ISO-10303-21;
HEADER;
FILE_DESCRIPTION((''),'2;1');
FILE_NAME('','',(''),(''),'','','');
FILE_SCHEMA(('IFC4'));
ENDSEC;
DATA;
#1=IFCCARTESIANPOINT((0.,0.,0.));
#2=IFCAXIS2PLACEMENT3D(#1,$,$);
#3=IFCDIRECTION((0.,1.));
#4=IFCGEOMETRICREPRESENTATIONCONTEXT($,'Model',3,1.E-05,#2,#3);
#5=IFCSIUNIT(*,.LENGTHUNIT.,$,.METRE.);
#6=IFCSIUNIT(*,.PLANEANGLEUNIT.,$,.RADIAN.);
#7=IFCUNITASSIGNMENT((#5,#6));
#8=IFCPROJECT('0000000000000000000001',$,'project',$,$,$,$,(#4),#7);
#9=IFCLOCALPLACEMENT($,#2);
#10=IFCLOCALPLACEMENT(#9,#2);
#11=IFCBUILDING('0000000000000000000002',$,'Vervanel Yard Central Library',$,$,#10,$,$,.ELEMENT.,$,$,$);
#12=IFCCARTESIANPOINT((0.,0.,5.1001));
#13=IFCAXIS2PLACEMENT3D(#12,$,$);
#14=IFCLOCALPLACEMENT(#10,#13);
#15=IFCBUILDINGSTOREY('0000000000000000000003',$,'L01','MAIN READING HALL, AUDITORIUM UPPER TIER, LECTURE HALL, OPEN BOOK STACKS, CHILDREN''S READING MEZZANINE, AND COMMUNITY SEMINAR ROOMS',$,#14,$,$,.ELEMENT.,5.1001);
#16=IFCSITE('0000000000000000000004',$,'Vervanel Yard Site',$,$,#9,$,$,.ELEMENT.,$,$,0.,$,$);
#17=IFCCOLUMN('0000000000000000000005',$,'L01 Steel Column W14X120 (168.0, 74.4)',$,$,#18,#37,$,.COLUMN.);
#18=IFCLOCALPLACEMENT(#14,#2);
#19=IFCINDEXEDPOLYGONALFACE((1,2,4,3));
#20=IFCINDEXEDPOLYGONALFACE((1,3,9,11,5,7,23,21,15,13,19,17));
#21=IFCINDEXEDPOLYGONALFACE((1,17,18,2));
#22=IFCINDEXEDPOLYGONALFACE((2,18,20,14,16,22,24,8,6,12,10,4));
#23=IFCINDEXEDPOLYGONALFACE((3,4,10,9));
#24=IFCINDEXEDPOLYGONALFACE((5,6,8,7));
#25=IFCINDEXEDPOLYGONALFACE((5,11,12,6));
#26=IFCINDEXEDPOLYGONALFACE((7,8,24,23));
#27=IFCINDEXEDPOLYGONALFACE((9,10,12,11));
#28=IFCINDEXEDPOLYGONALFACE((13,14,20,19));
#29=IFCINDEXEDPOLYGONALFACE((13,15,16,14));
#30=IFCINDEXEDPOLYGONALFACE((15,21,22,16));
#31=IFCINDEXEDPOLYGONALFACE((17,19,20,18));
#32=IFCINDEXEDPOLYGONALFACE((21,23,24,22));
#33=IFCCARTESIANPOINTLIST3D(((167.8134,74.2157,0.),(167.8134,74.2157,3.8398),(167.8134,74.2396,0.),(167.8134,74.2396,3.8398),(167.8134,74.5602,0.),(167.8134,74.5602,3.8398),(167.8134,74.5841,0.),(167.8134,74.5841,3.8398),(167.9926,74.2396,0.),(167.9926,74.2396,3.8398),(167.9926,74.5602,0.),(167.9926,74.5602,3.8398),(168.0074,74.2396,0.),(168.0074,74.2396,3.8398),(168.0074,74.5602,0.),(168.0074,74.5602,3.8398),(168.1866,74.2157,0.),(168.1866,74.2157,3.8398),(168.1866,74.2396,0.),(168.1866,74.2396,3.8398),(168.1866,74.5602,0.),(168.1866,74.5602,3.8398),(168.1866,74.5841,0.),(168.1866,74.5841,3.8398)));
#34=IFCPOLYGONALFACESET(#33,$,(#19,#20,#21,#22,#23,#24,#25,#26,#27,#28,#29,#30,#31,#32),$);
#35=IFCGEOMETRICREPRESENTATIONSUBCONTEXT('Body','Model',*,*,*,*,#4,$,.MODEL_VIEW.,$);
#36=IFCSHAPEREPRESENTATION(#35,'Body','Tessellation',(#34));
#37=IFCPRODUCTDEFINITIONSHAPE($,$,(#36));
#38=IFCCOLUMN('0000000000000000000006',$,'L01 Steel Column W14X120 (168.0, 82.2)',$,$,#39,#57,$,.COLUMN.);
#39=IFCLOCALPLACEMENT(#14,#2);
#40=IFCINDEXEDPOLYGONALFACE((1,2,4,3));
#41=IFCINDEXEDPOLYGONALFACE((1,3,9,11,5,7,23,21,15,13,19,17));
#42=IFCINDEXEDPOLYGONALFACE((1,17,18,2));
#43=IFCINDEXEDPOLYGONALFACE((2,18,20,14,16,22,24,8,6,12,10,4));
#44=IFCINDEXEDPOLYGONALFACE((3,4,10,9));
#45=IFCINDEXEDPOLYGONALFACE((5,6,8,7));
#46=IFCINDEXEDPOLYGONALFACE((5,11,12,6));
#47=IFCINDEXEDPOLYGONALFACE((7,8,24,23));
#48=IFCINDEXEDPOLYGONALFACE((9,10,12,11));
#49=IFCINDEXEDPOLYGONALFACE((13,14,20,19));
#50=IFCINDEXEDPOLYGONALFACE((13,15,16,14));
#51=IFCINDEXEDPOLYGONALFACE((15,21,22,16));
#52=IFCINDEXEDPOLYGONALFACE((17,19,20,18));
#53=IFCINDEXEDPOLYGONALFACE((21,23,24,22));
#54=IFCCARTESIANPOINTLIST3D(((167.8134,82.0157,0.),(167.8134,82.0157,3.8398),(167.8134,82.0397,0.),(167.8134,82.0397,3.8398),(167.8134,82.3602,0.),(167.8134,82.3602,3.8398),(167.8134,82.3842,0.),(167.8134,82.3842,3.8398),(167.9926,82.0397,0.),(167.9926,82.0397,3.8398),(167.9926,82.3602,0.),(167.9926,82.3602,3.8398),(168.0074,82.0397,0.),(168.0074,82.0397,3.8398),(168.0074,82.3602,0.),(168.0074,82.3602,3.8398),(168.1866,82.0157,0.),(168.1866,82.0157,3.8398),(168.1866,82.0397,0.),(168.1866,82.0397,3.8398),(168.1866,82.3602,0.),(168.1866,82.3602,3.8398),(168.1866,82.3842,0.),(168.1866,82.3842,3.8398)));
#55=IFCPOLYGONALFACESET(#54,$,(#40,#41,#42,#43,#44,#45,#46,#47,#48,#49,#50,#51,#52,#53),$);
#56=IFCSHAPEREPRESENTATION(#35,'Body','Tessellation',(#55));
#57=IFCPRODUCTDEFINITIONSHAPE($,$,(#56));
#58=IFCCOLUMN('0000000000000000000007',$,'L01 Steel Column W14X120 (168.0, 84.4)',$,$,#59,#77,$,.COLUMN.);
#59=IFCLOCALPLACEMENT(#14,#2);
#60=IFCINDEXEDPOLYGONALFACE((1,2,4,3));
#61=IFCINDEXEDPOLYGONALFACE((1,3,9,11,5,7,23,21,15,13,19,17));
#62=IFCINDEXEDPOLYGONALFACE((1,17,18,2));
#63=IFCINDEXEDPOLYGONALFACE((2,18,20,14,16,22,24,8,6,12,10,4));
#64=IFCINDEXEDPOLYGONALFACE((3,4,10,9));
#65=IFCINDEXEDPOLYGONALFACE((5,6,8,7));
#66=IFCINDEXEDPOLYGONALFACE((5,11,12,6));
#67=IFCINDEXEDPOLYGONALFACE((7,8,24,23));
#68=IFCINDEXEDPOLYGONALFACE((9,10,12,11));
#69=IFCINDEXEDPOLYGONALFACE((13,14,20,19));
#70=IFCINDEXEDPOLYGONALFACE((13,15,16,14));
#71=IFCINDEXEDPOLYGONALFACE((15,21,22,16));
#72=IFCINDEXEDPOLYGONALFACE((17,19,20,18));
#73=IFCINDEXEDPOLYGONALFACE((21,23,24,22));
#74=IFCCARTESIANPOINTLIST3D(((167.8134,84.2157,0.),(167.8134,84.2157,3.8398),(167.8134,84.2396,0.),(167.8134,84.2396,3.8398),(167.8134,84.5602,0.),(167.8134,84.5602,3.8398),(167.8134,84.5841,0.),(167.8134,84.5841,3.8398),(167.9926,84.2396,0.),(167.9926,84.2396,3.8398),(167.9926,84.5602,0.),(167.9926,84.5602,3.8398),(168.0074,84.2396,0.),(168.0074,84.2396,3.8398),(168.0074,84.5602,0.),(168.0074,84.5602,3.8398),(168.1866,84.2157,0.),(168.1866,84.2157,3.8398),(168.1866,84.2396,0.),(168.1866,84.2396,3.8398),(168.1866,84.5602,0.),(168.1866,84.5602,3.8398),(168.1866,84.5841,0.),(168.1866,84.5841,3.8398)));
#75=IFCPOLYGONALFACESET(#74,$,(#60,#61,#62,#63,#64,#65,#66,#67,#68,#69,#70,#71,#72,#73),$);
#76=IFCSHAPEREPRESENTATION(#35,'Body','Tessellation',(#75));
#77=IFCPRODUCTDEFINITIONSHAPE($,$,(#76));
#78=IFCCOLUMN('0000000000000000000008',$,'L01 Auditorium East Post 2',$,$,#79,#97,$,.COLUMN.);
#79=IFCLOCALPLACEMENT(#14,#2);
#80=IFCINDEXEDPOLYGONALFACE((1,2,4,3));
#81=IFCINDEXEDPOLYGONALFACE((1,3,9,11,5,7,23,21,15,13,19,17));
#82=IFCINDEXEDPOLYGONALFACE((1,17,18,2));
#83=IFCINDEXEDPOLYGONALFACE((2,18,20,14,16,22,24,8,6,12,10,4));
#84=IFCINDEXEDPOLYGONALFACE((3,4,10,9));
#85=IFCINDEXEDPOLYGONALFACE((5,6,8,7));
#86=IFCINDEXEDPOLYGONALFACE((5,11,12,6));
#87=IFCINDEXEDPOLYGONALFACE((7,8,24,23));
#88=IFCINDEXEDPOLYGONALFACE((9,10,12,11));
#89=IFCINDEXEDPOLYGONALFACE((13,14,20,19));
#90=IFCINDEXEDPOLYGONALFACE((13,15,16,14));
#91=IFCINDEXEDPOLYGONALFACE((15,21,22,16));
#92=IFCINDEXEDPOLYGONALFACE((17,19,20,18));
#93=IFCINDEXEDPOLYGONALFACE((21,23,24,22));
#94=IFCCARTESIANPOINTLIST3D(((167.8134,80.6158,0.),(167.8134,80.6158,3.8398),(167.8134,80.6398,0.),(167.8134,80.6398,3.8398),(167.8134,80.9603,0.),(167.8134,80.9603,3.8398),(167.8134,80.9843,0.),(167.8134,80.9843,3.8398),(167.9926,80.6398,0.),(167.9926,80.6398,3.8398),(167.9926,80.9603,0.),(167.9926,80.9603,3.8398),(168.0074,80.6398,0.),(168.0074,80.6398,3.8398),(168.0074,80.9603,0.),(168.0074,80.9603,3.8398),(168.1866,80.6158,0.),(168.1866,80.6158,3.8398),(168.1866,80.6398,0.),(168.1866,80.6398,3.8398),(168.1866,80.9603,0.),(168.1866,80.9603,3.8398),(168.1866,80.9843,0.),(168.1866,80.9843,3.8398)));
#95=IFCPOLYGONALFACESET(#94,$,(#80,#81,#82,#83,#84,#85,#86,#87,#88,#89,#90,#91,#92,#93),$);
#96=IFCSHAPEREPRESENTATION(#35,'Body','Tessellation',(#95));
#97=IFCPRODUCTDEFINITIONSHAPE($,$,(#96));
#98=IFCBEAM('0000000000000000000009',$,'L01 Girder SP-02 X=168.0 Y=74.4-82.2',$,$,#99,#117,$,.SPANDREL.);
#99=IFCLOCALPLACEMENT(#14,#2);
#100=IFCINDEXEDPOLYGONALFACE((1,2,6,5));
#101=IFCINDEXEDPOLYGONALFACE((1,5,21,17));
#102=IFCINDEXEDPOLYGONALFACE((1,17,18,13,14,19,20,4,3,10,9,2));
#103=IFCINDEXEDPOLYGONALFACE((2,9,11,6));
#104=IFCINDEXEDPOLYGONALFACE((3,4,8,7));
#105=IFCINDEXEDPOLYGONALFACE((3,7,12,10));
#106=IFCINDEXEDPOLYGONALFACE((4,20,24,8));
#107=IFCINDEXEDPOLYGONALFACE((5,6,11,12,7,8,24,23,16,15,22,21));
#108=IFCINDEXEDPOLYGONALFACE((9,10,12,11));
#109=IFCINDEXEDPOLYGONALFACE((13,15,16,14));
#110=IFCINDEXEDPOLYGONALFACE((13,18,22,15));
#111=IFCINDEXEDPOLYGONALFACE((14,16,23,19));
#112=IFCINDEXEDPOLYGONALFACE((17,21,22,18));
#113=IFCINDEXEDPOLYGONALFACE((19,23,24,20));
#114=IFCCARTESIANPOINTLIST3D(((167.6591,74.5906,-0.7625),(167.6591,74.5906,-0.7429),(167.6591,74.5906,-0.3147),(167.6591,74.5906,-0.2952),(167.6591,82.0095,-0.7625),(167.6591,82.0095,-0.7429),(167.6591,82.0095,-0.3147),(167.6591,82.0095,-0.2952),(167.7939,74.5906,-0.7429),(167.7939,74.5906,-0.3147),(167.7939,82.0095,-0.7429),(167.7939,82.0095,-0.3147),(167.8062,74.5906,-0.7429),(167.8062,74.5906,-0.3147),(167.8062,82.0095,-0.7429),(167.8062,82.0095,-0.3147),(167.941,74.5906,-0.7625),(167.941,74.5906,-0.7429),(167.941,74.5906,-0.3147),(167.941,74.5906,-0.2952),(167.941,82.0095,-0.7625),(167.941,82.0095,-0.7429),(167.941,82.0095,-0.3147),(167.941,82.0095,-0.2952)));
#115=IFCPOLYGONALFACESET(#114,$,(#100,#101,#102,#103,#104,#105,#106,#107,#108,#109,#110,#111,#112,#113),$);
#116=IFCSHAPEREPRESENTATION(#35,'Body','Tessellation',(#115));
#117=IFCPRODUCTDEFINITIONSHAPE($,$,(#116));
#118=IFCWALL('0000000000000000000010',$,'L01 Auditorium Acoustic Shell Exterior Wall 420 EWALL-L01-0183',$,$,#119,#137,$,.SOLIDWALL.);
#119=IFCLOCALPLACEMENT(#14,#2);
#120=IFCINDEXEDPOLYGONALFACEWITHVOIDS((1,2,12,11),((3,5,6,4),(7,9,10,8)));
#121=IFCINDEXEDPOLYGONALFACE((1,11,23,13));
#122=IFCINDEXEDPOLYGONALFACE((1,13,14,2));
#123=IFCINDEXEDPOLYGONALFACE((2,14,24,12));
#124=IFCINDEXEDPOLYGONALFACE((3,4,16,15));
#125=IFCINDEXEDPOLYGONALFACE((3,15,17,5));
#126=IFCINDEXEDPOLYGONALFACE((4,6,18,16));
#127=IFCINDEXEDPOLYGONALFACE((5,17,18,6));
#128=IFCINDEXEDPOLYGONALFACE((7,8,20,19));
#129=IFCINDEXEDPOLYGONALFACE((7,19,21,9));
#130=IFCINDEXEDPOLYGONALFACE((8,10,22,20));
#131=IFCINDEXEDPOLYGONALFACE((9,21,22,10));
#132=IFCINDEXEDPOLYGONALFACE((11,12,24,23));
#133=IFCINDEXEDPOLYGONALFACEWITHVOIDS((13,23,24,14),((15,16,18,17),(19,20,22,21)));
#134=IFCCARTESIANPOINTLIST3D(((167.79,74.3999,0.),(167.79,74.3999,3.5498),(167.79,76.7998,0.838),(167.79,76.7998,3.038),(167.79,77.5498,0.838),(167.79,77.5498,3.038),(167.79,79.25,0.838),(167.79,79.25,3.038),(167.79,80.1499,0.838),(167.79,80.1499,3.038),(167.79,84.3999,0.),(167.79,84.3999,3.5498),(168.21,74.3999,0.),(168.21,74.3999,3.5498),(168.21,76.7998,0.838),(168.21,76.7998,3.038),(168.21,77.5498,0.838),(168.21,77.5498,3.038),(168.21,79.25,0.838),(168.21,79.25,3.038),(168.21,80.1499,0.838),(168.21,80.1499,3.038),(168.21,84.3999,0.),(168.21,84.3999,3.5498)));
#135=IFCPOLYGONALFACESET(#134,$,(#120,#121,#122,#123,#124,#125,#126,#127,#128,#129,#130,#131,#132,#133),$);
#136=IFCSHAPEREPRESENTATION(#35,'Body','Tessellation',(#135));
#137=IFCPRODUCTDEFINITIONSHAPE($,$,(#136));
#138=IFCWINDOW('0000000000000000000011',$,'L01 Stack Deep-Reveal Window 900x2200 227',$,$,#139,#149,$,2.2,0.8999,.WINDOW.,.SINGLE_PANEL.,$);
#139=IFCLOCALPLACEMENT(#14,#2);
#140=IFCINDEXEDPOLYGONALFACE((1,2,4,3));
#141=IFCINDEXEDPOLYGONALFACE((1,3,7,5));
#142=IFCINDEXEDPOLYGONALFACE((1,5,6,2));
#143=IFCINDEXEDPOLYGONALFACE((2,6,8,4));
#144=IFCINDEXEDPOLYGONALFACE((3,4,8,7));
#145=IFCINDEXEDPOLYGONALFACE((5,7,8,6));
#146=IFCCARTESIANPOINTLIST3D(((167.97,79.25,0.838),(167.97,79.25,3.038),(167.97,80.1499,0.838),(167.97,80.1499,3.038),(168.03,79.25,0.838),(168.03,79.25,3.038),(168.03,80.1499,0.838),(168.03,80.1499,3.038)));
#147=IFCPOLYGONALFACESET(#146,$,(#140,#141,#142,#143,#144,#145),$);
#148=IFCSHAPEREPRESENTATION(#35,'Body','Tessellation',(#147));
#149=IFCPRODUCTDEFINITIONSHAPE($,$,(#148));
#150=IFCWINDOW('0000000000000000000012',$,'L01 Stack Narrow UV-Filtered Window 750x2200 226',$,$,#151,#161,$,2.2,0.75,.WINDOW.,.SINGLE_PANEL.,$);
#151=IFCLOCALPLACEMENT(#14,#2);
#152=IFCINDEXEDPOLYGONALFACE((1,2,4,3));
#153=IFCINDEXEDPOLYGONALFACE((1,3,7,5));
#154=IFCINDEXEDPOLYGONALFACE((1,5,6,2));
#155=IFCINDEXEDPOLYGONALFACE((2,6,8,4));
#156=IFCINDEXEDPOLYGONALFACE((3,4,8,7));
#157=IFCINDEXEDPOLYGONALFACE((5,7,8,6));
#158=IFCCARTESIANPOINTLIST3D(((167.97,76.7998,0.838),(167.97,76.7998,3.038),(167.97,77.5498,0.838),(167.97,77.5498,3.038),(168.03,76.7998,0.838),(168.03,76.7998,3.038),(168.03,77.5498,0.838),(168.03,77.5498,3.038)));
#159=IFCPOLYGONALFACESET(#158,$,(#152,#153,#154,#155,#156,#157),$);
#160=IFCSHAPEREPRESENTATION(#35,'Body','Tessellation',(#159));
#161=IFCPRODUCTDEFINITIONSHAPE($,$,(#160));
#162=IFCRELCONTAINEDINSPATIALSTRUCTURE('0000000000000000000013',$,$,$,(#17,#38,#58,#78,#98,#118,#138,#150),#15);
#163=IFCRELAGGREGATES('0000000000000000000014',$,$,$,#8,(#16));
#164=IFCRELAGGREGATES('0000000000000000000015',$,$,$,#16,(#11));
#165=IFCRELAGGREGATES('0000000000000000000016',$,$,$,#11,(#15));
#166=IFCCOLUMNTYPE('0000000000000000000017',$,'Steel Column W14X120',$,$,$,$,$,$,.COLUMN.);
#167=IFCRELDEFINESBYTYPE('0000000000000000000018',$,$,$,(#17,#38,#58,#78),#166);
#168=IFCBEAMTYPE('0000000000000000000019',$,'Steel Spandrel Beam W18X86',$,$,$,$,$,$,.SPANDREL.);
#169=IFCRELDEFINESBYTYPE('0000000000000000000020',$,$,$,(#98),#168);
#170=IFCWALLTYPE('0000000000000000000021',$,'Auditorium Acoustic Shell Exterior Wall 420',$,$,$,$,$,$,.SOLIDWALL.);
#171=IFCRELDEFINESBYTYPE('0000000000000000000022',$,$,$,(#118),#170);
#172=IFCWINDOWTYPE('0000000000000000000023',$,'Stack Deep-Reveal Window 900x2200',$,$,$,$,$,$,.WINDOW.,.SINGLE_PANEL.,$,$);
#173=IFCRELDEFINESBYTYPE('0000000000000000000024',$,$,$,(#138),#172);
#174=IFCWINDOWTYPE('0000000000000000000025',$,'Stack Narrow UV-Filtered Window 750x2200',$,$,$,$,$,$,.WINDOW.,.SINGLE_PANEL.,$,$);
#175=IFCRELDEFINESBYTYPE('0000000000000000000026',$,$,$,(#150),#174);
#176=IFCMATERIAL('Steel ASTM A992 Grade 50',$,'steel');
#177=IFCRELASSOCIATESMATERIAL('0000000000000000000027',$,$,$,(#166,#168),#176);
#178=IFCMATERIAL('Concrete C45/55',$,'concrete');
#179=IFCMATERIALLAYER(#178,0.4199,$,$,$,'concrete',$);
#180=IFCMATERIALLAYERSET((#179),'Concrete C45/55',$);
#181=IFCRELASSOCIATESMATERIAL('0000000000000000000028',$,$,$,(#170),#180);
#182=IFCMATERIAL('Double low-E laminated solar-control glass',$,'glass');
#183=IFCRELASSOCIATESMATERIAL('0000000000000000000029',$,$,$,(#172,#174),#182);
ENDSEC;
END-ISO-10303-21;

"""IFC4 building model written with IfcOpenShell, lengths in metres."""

from ifc_helpers import new_model, si_unit, direction, frame, frame_2d, origin, origin_2d, place, context, subcontext, project, spatial, rectangle, i_section, extrude, material, layer, layer_set, material_profile, profile_set, type_object, element, fill, save


model = new_model("IFC4")

# Units and contexts
model_context = context("Model", 3, precision=1e-05, world=origin(), true_north=direction((0.0, 1.0)))
body_context = subcontext(model_context, "Body", "Model", "MODEL_VIEW")
ifc_project = project(units=[si_unit("LENGTHUNIT", "METRE"), si_unit("PLANEANGLEUNIT", "RADIAN")], contexts=[model_context])

# Site, building, storey
site_placement = place(None, origin())
site = spatial("IfcSite", under=ifc_project, at=site_placement, Name="Vervanel Yard Site", CompositionType="ELEMENT", RefElevation=0.0)
building_placement = place(site_placement, origin())
building = spatial("IfcBuilding", under=site, at=building_placement, Name="Vervanel Yard Central Library", CompositionType="ELEMENT")
storey_placement = place(building_placement, frame((0.0, 0.0, 5.1001)))
storey = spatial("IfcBuildingStorey", under=building, at=storey_placement, Name="L01", Description="MAIN READING HALL, AUDITORIUM UPPER TIER, LECTURE HALL, OPEN BOOK STACKS, CHILDREN'S READING MEZZANINE, AND COMMUNITY SEMINAR ROOMS", CompositionType="ELEMENT", Elevation=5.1001)

# Columns
ifc_material_1 = material(Name="Steel ASTM A992 Grade 50", Category="steel")
ifc_material_profile_1 = material_profile(ifc_material_1, i_section(OverallWidth=0.3733, OverallDepth=0.3684, WebThickness=0.0149, FlangeThickness=0.0239, at=origin_2d()), Name="W14X120", Category="steel")
ifc_profile_set_1 = profile_set([ifc_material_profile_1], Name="Steel ASTM A992 Grade 50")
column_type = type_object("IfcColumnType", Name="Steel Column W14X120", PredefinedType="COLUMN", material=ifc_profile_set_1)
for number, where, z_axis, x_axis, name in (
    (1, (168.0, 74.3999, 0.0), (0.0, 0.0, 1.0), (1.0, 0.0, 0.0), "L01 Steel Column W14X120 (168.0, 74.4)"),
    (2, (168.0, 82.2, 0.0), (0.0, 0.0, 1.0), (1.0, 0.0, 0.0), "L01 Steel Column W14X120 (168.0, 82.2)"),
    (3, (168.0, 84.3999, 0.0), (0.0, 0.0, 1.0), (1.0, 0.0, 0.0), "L01 Steel Column W14X120 (168.0, 84.4)"),
    (4, (168.0, 80.8, 0.0), (0.0, 0.0, 1.0), (1.0, 0.0, 0.0), "L01 Auditorium East Post 2"),
):
    element("IfcColumn", number, at=place(storey_placement, frame(where, z_axis=z_axis, x_axis=x_axis)), inside=storey, type_object=column_type, Name=name, PredefinedType="COLUMN", context=body_context, shape_type="SweptSolid", body=[
        extrude(i_section(OverallWidth=0.3733, OverallDepth=0.3684, WebThickness=0.0149, FlangeThickness=0.0239, at=origin_2d()), origin(), (0.0, 0.0, 1.0), 3.8398),
    ])

# Beam
ifc_material_profile_2 = material_profile(ifc_material_1, i_section(OverallWidth=0.282, OverallDepth=0.4673, WebThickness=0.0122, FlangeThickness=0.0195, at=origin_2d()), Name="W18X86", Category="steel")
ifc_profile_set_2 = profile_set([ifc_material_profile_2], Name="Steel ASTM A992 Grade 50")
beam_type = type_object("IfcBeamType", Name="Steel Spandrel Beam W18X86", PredefinedType="SPANDREL", material=ifc_profile_set_2)
beam_placement = place(storey_placement, frame((167.8, 74.5906, -0.5288), z_axis=(0.0, 1.0, 0.0), x_axis=(-1.0, 0.0, 0.0)))
element("IfcBeam", 5, at=beam_placement, inside=storey, type_object=beam_type, Name="L01 Girder SP-02 X=168.0 Y=74.4-82.2", PredefinedType="SPANDREL", context=body_context, shape_type="SweptSolid", body=[
    extrude(i_section(OverallWidth=0.282, OverallDepth=0.4673, WebThickness=0.0122, FlangeThickness=0.0195, at=origin_2d()), origin(), (0.0, 0.0, 1.0), 7.4189),
])

# Wall, openings, windows
ifc_material_2 = material(Name="Concrete C45/55", Category="concrete")
ifc_layer_1 = layer(ifc_material_2, 0.4199, Category="concrete")
ifc_layer_set_1 = layer_set([ifc_layer_1], Name="Concrete C45/55")
wall_type = type_object("IfcWallType", Name="Auditorium Acoustic Shell Exterior Wall 420", PredefinedType="SOLIDWALL", material=ifc_layer_set_1)
wall_1_placement = place(storey_placement, frame((168.0, 74.3999, 0.0), z_axis=(0.0, 0.0, 1.0), x_axis=(0.0, 1.0, 0.0)))
wall_1 = element("IfcWall", 6, at=wall_1_placement, inside=storey, type_object=wall_type, Name="L01 Auditorium Acoustic Shell Exterior Wall 420 EWALL-L01-0183", PredefinedType="SOLIDWALL", context=body_context, shape_type="SweptSolid", body=[
    extrude(rectangle(XDim=10.0, YDim=0.4199, at=frame_2d((5.0, 0.0))), origin(), (0.0, 0.0, 1.0), 3.5498),
])
opening_1_placement = place(wall_1_placement, frame((2.3999, 0.0, 0.8379)))
opening_1 = element("IfcOpeningElement", 7, at=opening_1_placement, cuts=wall_1, PredefinedType="OPENING", context=body_context, shape_type="SweptSolid", body=[
    extrude(rectangle(XDim=0.75, YDim=2.2, at=frame_2d((0.375, 1.1001))), frame((0.0, 0.22, 0.0), z_axis=(0.0, -1.0, 0.0), x_axis=(1.0, 0.0, 0.0)), (0.0, 0.0, 1.0), 0.4399),
])
opening_2_placement = place(wall_1_placement, frame((4.8501, 0.0, 0.8379)))
opening_2 = element("IfcOpeningElement", 8, at=opening_2_placement, cuts=wall_1, PredefinedType="OPENING", context=body_context, shape_type="SweptSolid", body=[
    extrude(rectangle(XDim=0.8999, YDim=2.2, at=frame_2d((0.45, 1.1001))), frame((0.0, 0.22, 0.0), z_axis=(0.0, -1.0, 0.0), x_axis=(1.0, 0.0, 0.0)), (0.0, 0.0, 1.0), 0.4399),
])
ifc_material_3 = material(Name="Double low-E laminated solar-control glass", Category="glass")
window_type_1 = type_object("IfcWindowType", Name="Stack Deep-Reveal Window 900x2200", PartitioningType="SINGLE_PANEL", PredefinedType="WINDOW", material=ifc_material_3)
window_1_placement = place(opening_2_placement, origin())
window_1 = element("IfcWindow", 9, at=window_1_placement, inside=storey, type_object=window_type_1, Name="L01 Stack Deep-Reveal Window 900x2200 227", OverallHeight=2.2, OverallWidth=0.8999, PartitioningType="SINGLE_PANEL", PredefinedType="WINDOW", context=body_context, shape_type="SweptSolid", body=[
    extrude(rectangle(XDim=0.8999, YDim=2.2, at=frame_2d((0.45, 1.1001))), frame((0.0, 0.03, 0.0), z_axis=(0.0, -1.0, 0.0), x_axis=(1.0, 0.0, 0.0)), (0.0, 0.0, 1.0), 0.0601),
])
fill(opening_2, window_1)
window_type_2 = type_object("IfcWindowType", Name="Stack Narrow UV-Filtered Window 750x2200", PartitioningType="SINGLE_PANEL", PredefinedType="WINDOW", material=ifc_material_3)
window_2_placement = place(opening_1_placement, origin())
window_2 = element("IfcWindow", 10, at=window_2_placement, inside=storey, type_object=window_type_2, Name="L01 Stack Narrow UV-Filtered Window 750x2200 226", OverallHeight=2.2, OverallWidth=0.75, PartitioningType="SINGLE_PANEL", PredefinedType="WINDOW", context=body_context, shape_type="SweptSolid", body=[
    extrude(rectangle(XDim=0.75, YDim=2.2, at=frame_2d((0.375, 1.1001))), frame((0.0, 0.03, 0.0), z_axis=(0.0, -1.0, 0.0), x_axis=(1.0, 0.0, 0.0)), (0.0, 0.0, 1.0), 0.0601),
])
fill(opening_1, window_2)

save(model, "model.ifc")
